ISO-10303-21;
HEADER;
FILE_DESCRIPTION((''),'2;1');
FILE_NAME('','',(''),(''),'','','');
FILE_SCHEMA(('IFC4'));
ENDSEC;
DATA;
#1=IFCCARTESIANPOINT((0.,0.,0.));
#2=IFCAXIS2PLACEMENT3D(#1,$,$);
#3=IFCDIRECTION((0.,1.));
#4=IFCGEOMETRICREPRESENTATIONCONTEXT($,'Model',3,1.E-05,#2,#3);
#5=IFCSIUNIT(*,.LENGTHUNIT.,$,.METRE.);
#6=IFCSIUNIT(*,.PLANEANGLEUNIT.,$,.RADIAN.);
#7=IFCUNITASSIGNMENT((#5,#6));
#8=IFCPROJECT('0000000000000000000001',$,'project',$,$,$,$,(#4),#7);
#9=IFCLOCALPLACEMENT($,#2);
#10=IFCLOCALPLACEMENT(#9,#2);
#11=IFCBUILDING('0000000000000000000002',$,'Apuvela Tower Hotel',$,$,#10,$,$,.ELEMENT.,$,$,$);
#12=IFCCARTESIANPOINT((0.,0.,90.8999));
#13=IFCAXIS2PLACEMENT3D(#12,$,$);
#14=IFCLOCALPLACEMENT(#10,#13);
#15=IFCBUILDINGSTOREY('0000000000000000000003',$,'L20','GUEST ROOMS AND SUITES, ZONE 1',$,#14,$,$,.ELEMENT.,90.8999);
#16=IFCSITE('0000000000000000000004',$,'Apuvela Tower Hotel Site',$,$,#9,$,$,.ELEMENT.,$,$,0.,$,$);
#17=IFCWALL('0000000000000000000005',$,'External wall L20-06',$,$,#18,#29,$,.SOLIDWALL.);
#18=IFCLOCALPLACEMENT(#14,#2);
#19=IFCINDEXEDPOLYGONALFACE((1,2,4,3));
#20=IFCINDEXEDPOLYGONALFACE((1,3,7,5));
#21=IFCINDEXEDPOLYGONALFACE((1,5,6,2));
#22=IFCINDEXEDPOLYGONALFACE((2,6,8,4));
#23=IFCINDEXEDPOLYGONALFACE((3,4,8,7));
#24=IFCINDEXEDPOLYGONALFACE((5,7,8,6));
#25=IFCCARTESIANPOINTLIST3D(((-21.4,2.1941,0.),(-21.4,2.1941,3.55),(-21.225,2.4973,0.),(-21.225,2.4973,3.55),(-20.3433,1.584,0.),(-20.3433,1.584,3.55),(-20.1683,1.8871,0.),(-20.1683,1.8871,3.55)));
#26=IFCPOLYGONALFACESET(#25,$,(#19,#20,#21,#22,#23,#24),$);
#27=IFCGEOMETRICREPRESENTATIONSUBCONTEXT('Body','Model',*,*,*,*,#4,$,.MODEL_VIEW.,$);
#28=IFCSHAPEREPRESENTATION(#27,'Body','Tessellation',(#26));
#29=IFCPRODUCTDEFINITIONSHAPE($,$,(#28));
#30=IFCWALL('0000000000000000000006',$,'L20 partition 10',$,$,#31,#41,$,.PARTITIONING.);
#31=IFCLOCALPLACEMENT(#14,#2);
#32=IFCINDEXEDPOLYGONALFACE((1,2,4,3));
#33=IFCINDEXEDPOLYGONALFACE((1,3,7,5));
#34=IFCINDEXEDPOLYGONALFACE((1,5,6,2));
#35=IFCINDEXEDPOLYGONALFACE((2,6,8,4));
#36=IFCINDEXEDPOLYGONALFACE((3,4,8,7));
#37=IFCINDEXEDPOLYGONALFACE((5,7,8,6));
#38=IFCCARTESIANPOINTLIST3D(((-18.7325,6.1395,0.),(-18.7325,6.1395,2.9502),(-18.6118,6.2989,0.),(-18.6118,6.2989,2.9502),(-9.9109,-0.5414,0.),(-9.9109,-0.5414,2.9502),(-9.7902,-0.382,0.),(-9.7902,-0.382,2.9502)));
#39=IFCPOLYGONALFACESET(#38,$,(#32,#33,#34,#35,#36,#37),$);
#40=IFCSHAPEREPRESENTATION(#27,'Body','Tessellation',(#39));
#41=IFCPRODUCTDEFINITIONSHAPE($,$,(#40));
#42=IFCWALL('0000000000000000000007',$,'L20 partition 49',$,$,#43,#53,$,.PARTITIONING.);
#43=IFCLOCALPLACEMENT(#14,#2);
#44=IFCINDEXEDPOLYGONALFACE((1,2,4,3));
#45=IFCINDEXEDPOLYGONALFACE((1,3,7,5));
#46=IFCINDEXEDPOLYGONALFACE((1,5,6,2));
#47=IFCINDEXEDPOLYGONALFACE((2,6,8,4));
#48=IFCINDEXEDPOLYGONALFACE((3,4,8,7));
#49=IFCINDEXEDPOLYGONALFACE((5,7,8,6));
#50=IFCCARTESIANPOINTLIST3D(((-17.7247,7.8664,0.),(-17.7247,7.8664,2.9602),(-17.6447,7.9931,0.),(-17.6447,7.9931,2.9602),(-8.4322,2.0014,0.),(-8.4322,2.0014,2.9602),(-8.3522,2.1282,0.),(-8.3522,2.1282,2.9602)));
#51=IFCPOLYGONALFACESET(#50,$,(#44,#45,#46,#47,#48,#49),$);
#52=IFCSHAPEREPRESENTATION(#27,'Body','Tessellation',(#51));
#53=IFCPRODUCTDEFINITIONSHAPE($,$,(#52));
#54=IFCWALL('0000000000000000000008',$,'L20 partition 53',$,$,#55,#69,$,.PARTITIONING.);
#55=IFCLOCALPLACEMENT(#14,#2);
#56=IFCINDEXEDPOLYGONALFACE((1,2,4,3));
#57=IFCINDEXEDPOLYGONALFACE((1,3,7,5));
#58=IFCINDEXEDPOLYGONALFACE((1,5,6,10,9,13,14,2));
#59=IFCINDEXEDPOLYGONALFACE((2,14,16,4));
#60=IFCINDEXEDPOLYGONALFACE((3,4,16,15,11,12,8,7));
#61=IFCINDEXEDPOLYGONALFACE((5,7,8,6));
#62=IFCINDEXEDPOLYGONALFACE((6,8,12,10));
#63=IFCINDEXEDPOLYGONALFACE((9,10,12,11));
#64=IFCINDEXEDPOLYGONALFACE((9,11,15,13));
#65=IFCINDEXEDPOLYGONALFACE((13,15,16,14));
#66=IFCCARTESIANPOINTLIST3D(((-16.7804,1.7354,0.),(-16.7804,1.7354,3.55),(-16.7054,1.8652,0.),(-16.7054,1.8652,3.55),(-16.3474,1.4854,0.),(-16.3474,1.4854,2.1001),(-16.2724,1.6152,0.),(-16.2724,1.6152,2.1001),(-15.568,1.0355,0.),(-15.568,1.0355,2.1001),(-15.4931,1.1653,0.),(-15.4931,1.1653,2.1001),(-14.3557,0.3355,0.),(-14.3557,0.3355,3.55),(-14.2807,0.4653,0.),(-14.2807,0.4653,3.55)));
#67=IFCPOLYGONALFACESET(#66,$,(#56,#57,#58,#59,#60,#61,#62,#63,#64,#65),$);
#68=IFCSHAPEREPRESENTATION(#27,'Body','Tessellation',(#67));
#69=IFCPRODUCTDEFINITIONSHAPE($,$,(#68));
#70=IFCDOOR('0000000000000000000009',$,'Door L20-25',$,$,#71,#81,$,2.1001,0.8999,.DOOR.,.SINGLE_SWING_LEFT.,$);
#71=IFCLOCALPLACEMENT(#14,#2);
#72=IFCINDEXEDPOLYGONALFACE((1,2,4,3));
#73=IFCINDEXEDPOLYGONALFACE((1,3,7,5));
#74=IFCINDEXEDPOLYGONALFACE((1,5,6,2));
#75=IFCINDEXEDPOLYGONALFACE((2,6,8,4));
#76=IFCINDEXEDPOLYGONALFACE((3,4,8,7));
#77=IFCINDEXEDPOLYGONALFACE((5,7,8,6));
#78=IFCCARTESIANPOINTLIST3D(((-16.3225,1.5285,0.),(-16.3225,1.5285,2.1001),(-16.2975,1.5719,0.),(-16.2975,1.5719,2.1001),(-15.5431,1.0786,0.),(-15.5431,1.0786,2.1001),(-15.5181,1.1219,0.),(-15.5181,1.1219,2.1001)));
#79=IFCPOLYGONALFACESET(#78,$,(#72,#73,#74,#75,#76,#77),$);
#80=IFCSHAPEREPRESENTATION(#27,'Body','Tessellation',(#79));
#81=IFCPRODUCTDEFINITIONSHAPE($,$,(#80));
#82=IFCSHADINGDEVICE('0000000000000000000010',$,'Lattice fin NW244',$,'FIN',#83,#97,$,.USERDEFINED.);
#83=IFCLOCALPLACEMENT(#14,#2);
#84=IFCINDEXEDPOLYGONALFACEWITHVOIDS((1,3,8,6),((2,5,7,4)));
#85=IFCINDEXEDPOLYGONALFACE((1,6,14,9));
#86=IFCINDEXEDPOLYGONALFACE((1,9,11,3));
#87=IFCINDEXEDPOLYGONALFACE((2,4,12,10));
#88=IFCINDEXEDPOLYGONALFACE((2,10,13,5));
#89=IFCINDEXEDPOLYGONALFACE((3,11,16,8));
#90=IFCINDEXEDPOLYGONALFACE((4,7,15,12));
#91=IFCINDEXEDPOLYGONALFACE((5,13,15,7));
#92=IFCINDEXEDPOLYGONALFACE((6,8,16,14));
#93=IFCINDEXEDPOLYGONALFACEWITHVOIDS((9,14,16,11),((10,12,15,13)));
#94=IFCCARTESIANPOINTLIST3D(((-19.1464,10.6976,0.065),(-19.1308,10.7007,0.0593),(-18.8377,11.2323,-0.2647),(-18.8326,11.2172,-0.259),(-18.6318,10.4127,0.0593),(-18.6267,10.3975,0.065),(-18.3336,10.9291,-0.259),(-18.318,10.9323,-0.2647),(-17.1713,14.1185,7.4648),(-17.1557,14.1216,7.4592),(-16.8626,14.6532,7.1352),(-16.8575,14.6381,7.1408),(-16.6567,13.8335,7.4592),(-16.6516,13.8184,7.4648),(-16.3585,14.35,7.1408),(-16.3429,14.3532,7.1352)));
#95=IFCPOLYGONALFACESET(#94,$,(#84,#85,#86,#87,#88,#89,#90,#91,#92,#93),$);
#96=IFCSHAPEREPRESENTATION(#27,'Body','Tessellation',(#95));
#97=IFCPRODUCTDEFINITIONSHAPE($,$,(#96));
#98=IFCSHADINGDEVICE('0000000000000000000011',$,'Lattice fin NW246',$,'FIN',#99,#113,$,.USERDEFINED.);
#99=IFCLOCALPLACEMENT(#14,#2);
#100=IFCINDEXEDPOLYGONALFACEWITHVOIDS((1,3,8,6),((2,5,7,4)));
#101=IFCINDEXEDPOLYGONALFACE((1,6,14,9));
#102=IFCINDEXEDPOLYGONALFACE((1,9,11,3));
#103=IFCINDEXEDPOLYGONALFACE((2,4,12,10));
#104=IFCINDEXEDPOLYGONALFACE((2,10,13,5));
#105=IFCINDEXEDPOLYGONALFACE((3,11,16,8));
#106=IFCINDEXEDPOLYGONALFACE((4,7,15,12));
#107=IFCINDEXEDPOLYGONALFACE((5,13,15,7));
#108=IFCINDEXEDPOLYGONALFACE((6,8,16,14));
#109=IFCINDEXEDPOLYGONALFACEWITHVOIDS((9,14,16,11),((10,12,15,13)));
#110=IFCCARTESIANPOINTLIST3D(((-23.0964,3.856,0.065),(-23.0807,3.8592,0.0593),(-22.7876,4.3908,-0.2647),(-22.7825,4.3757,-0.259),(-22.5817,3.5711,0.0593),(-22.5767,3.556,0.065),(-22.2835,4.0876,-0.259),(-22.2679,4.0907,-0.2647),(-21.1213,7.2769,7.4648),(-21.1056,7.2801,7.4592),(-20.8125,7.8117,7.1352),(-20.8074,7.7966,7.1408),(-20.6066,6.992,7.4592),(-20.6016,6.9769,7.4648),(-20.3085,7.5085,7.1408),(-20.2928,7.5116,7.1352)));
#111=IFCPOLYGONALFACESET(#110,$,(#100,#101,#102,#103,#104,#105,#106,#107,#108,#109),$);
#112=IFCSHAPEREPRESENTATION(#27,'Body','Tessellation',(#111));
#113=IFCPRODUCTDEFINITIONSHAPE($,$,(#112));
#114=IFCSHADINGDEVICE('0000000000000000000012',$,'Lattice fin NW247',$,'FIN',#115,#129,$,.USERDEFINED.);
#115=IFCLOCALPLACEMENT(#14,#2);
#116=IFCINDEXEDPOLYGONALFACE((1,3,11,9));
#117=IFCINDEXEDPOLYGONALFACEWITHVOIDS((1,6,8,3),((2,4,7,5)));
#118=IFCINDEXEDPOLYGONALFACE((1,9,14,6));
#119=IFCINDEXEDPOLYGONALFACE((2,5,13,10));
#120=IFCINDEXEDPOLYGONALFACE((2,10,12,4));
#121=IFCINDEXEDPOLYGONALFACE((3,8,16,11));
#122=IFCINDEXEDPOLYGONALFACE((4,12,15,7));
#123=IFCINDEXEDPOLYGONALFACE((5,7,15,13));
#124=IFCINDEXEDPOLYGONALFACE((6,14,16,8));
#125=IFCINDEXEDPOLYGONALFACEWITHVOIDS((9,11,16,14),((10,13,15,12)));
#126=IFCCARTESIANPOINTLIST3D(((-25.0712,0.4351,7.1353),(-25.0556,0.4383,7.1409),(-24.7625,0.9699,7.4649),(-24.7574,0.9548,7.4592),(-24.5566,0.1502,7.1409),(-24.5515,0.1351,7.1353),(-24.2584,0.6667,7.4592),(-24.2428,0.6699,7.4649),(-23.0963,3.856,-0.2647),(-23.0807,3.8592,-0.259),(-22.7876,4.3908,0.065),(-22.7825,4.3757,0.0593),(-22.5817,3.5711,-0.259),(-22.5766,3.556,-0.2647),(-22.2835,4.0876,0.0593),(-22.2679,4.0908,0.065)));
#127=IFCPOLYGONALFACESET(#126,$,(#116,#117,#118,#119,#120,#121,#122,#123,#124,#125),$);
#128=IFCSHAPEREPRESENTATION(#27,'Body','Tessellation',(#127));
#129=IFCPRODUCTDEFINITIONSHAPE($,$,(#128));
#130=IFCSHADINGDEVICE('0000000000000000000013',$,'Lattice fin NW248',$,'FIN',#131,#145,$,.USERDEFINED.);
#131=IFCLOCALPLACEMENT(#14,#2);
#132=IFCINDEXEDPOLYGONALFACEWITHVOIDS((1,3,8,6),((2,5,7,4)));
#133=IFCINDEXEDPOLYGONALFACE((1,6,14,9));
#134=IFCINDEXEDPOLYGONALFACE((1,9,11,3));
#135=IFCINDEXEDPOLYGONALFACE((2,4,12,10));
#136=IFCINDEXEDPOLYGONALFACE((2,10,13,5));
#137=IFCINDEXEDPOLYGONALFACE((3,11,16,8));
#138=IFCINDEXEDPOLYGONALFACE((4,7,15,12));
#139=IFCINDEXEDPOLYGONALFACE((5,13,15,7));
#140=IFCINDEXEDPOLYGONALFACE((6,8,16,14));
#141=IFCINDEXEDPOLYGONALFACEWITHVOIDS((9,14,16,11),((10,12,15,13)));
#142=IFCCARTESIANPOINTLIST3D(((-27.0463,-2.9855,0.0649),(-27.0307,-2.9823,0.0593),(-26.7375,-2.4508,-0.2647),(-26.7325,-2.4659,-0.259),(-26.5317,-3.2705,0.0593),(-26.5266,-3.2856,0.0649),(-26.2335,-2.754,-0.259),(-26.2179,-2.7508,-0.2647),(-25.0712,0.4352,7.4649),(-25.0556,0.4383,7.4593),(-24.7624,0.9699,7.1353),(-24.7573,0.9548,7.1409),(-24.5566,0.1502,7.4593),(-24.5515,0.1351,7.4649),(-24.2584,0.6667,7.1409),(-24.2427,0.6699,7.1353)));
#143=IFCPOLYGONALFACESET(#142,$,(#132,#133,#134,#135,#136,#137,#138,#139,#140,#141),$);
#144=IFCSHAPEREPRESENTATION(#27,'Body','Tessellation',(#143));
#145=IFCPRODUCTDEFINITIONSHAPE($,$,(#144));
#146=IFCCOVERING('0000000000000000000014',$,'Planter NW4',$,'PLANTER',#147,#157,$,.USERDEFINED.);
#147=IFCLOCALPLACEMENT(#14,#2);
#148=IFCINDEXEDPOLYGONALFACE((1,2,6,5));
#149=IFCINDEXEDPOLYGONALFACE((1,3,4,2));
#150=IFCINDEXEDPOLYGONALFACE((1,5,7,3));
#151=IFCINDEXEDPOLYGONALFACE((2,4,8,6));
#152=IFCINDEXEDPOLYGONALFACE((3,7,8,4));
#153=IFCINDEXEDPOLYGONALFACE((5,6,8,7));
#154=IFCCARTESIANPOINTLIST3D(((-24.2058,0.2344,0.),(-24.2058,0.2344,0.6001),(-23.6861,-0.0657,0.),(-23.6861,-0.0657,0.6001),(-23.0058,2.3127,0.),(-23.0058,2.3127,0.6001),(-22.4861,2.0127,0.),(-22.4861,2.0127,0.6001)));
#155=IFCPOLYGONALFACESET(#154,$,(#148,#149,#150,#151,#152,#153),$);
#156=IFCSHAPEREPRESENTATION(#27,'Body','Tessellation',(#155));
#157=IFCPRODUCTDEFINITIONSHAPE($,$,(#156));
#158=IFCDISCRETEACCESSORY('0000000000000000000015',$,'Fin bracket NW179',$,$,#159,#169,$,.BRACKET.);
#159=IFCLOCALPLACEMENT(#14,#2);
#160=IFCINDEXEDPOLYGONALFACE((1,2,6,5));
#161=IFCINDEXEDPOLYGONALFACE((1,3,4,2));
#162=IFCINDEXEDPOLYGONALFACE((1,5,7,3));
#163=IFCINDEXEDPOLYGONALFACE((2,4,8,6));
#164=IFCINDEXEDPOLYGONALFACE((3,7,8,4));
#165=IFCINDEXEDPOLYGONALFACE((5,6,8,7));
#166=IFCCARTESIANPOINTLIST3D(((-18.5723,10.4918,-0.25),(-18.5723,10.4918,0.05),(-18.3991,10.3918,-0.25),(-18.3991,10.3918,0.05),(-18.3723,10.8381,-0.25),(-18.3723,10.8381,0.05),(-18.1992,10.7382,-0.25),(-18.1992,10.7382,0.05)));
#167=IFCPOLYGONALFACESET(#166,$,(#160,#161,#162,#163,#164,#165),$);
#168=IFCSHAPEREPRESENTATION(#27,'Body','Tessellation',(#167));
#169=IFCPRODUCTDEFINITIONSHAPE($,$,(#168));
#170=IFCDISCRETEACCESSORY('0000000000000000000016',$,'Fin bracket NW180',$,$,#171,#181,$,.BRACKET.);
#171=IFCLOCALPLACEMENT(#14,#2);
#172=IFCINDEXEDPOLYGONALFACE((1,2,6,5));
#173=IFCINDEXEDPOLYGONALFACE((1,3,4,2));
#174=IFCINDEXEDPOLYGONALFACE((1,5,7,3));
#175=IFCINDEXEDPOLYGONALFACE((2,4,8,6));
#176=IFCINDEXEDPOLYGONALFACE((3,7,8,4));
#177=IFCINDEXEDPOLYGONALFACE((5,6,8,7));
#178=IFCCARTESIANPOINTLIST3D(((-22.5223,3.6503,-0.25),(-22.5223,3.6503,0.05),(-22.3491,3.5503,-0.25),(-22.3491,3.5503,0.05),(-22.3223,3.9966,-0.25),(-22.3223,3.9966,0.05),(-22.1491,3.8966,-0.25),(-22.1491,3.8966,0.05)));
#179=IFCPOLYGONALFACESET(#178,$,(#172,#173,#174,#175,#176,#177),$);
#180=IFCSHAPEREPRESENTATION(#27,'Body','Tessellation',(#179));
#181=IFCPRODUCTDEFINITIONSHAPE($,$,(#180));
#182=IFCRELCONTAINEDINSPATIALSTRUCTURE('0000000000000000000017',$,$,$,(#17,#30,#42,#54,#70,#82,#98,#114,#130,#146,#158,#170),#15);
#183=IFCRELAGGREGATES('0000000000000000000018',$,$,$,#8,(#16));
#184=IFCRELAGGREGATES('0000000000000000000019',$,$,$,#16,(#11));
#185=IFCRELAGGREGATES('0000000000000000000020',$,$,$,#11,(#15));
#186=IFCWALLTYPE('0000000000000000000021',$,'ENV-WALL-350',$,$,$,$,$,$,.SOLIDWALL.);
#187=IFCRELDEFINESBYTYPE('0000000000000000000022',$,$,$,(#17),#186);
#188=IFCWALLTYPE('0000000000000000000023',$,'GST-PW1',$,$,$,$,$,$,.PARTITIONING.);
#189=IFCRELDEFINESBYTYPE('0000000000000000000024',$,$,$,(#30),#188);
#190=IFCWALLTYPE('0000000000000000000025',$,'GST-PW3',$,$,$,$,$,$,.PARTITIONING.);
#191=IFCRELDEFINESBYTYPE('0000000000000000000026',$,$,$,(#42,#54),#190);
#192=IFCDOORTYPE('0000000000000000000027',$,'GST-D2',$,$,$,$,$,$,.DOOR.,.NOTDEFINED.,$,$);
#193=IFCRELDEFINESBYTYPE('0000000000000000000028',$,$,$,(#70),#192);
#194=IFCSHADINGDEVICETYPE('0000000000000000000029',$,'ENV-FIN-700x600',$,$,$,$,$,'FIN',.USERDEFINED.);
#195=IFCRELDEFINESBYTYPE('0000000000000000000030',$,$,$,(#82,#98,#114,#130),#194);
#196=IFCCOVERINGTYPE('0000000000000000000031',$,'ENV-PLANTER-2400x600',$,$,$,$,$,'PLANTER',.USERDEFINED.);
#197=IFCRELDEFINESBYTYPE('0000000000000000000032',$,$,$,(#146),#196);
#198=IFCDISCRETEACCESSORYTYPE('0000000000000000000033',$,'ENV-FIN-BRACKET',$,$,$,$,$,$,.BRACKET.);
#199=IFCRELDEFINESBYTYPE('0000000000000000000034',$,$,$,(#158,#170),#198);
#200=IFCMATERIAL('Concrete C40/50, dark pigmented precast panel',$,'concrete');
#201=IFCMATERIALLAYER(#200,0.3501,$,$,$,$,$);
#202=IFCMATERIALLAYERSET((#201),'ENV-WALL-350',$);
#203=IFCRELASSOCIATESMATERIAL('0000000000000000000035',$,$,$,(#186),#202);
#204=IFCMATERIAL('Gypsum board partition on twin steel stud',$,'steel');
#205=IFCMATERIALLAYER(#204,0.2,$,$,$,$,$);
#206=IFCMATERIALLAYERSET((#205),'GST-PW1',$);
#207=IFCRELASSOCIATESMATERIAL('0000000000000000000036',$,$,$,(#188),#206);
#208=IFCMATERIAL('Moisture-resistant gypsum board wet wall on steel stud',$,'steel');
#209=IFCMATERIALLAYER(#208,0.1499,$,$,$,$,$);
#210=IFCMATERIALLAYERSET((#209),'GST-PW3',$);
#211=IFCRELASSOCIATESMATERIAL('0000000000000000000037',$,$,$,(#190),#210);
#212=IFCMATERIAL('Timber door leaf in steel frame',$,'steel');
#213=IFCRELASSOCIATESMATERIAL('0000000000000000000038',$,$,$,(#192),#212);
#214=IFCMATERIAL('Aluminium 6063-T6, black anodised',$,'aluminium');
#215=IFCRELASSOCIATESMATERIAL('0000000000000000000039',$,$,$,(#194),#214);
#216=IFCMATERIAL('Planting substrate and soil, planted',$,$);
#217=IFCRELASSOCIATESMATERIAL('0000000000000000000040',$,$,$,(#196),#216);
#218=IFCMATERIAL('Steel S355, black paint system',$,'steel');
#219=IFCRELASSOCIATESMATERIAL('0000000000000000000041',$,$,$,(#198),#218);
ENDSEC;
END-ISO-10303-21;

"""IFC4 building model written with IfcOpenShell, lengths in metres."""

from ifc_helpers import new_model, si_unit, direction, frame, frame_2d, origin, origin_2d, place, context, subcontext, project, spatial, rectangle, hollow_rectangle, extrude, material, layer, layer_set, material_profile, profile_set, type_object, element, fill, save


model = new_model("IFC4")

# Units and contexts
model_context = context("Model", 3, precision=1e-05, world=origin(), true_north=direction((0.0, 1.0)))
body_context = subcontext(model_context, "Body", "Model", "MODEL_VIEW")
ifc_project = project(units=[si_unit("LENGTHUNIT", "METRE"), si_unit("PLANEANGLEUNIT", "RADIAN")], contexts=[model_context])

# Site, building, storey
site_placement = place(None, origin())
site = spatial("IfcSite", under=ifc_project, at=site_placement, Name="Apuvela Tower Hotel Site", CompositionType="ELEMENT", RefElevation=0.0)
building_placement = place(site_placement, origin())
building = spatial("IfcBuilding", under=site, at=building_placement, Name="Apuvela Tower Hotel", CompositionType="ELEMENT")
storey_placement = place(building_placement, frame((0.0, 0.0, 90.8999)))
storey = spatial("IfcBuildingStorey", under=building, at=storey_placement, Name="L20", Description="GUEST ROOMS AND SUITES, ZONE 1", CompositionType="ELEMENT", Elevation=90.8999)

# Shared definitions
ifc_material_1 = material(Name="Concrete C40/50, dark pigmented precast panel", Category="concrete")
ifc_layer_1 = layer(ifc_material_1, 0.3501)
ifc_layer_set_1 = layer_set([ifc_layer_1], Name="ENV-WALL-350")
wall_type_1 = type_object("IfcWallType", Name="ENV-WALL-350", PredefinedType="SOLIDWALL", material=ifc_layer_set_1)

# Wall
wall_1_placement = place(storey_placement, frame((-21.3125, 2.3457, 0.0), z_axis=(0.0, 0.0, 1.0), x_axis=(0.866006, -0.500034, 0.0)))
element("IfcWall", 1, at=wall_1_placement, inside=storey, type_object=wall_type_1, Name="External wall L20-06", PredefinedType="SOLIDWALL", context=body_context, shape_type="SweptSolid", body=[
    extrude(rectangle(XDim=1.2202, YDim=0.3501, at=frame_2d((0.6101, 0.0))), origin(), (0.0, 0.0, 1.0), 3.55),
])

# Walls
ifc_material_2 = material(Name="Gypsum board partition on twin steel stud", Category="steel")
ifc_layer_2 = layer(ifc_material_2, 0.2)
ifc_layer_set_2 = layer_set([ifc_layer_2], Name="GST-PW1")
wall_type_2 = type_object("IfcWallType", Name="GST-PW1", PredefinedType="PARTITIONING", material=ifc_layer_set_2)
wall_2_placement = place(storey_placement, frame((-18.6721, 6.2192, 0.0), z_axis=(0.0, 0.0, 1.0), x_axis=(0.797182, -0.603739, 0.0)))
element("IfcWall", 2, at=wall_2_placement, inside=storey, type_object=wall_type_2, Name="L20 partition 10", PredefinedType="PARTITIONING", context=body_context, shape_type="SweptSolid", body=[
    extrude(rectangle(XDim=11.0659, YDim=0.2, at=frame_2d((5.533, 0.0))), origin(), (0.0, 0.0, 1.0), 2.9502),
])
ifc_material_3 = material(Name="Moisture-resistant gypsum board wet wall on steel stud", Category="steel")
ifc_layer_3 = layer(ifc_material_3, 0.1499)
ifc_layer_set_3 = layer_set([ifc_layer_3], Name="GST-PW3")
wall_type_3 = type_object("IfcWallType", Name="GST-PW3", PredefinedType="PARTITIONING", material=ifc_layer_set_3)
wall_3_placement = place(storey_placement, frame((-17.6846, 7.9297, 0.0), z_axis=(0.0, 0.0, 1.0), x_axis=(0.845651, -0.533736, 0.0)))
element("IfcWall", 3, at=wall_3_placement, inside=storey, type_object=wall_type_3, Name="L20 partition 49", PredefinedType="PARTITIONING", context=body_context, shape_type="SweptSolid", body=[
    extrude(rectangle(XDim=10.9885, YDim=0.1499, at=frame_2d((5.4941, 0.0))), origin(), (0.0, 0.0, 1.0), 2.9602),
])

# Wall, opening, door
wall_4_placement = place(storey_placement, frame((-16.7429, 1.8003, 0.0), z_axis=(0.0, 0.0, 1.0), x_axis=(0.866035, -0.499984, 0.0)))
wall_4 = element("IfcWall", 4, at=wall_4_placement, inside=storey, type_object=wall_type_3, Name="L20 partition 53", PredefinedType="PARTITIONING", context=body_context, shape_type="SweptSolid", body=[
    extrude(rectangle(XDim=2.7998, YDim=0.1499, at=frame_2d((1.3999, 0.0))), origin(), (0.0, 0.0, 1.0), 3.55),
])
opening_1_placement = place(wall_4_placement, frame((0.5, 0.0, 0.0)))
opening_1 = element("IfcOpeningElement", 5, at=opening_1_placement, cuts=wall_4, PredefinedType="OPENING", context=body_context, shape_type="SweptSolid", body=[
    extrude(rectangle(XDim=0.8999, YDim=2.1001, at=frame_2d((0.45, 1.05))), frame((0.0, 0.085, 0.0), z_axis=(0.0, -1.0, 0.0), x_axis=(1.0, 0.0, 0.0)), (0.0, 0.0, 1.0), 0.1699),
])
ifc_material_4 = material(Name="Timber door leaf in steel frame", Category="steel")
door_type_1 = type_object("IfcDoorType", Name="GST-D2", OperationType="NOTDEFINED", PredefinedType="DOOR", material=ifc_material_4)
door_1_placement = place(opening_1_placement, origin())
door_1 = element("IfcDoor", 6, at=door_1_placement, inside=storey, type_object=door_type_1, Name="Door L20-25", OperationType="SINGLE_SWING_LEFT", OverallHeight=2.1001, OverallWidth=0.8999, PredefinedType="DOOR", context=body_context, shape_type="SweptSolid", body=[
    extrude(rectangle(XDim=0.8999, YDim=2.1001, at=frame_2d((0.45, 1.05))), frame((0.0, 0.0249, 0.0), z_axis=(0.0, -1.0, 0.0), x_axis=(1.0, 0.0, 0.0)), (0.0, 0.0, 1.0), 0.05),
])
fill(opening_1, door_1)

# Shading devices
ifc_material_5 = material(Name="Aluminium 6063-T6, black anodised", Category="aluminium")
ifc_material_profile_1 = material_profile(ifc_material_5, hollow_rectangle(XDim=0.6001, YDim=0.7, WallThickness=0.012, at=origin_2d()), Name="AL BOX 700x600x12")
ifc_profile_set_1 = profile_set([ifc_material_profile_1], Name="Aluminium 6063-T6, black anodised")
shading_device_type = type_object("IfcShadingDeviceType", Name="ENV-FIN-700x600", ElementType="FIN", PredefinedType="USERDEFINED", material=ifc_profile_set_1)
for number, where, z_axis, x_axis, name in (
    (7, (-18.7322, 10.8149, -0.0999), (0.235461, 0.407822, 0.882179), (-0.866021, 0.500008, 0.0), "Lattice fin NW244"),
    (8, (-22.6821, 3.9734, -0.0999), (0.235461, 0.407822, 0.882179), (-0.866021, 0.500008, 0.0), "Lattice fin NW246"),
    (9, (-22.6821, 3.9734, -0.0999), (-0.235434, -0.407825, 0.882185), (0.866048, -0.499961, 0.0), "Lattice fin NW247"),
    (10, (-26.6321, -2.8682, -0.0999), (0.235464, 0.407798, 0.882189), (-0.866005, 0.500035, 0.0), "Lattice fin NW248"),
):
    element("IfcShadingDevice", number, at=place(storey_placement, frame(where, z_axis=z_axis, x_axis=x_axis)), inside=storey, type_object=shading_device_type, Name=name, ObjectType="FIN", PredefinedType="USERDEFINED", context=body_context, shape_type="SweptSolid", body=[
        extrude(hollow_rectangle(XDim=0.6001, YDim=0.7, WallThickness=0.012, at=origin_2d()), origin(), (0.0, 0.0, 1.0), 8.3882),
    ])

# Covering
ifc_material_6 = material(Name="Planting substrate and soil, planted")
covering_type = type_object("IfcCoveringType", Name="ENV-PLANTER-2400x600", ElementType="PLANTER", PredefinedType="USERDEFINED", material=ifc_material_6)
covering_placement = place(storey_placement, frame((-23.3459, 1.1235, 0.0), z_axis=(0.0, 0.0, 1.0), x_axis=(-0.5, -0.866025, 0.0)))
element("IfcCovering", 11, at=covering_placement, inside=storey, type_object=covering_type, Name="Planter NW4", ObjectType="PLANTER", PredefinedType="USERDEFINED", context=body_context, shape_type="SweptSolid", body=[
    extrude(rectangle(XDim=2.3999, YDim=0.6001, at=origin_2d()), origin(), (0.0, 0.0, 1.0), 0.6001),
])

# Discrete accessories
ifc_material_7 = material(Name="Steel S355, black paint system", Category="steel")
discrete_accessory_type = type_object("IfcDiscreteAccessoryType", Name="ENV-FIN-BRACKET", PredefinedType="BRACKET", material=ifc_material_7)
for number, where, z_axis, x_axis, name in (
    (12, (-18.3857, 10.615, -0.25), (0.0, 0.0, 1.0), (-0.5, -0.866025, 0.0), "Fin bracket NW179"),
    (13, (-22.3357, 3.7734, -0.25), (0.0, 0.0, 1.0), (-0.5, -0.866025, 0.0), "Fin bracket NW180"),
):
    element("IfcDiscreteAccessory", number, at=place(storey_placement, frame(where, z_axis=z_axis, x_axis=x_axis)), inside=storey, type_object=discrete_accessory_type, Name=name, PredefinedType="BRACKET", context=body_context, shape_type="SweptSolid", body=[
        extrude(rectangle(XDim=0.3999, YDim=0.2, at=origin_2d()), origin(), (0.0, 0.0, 1.0), 0.3),
    ])

save(model, "model.ifc")
